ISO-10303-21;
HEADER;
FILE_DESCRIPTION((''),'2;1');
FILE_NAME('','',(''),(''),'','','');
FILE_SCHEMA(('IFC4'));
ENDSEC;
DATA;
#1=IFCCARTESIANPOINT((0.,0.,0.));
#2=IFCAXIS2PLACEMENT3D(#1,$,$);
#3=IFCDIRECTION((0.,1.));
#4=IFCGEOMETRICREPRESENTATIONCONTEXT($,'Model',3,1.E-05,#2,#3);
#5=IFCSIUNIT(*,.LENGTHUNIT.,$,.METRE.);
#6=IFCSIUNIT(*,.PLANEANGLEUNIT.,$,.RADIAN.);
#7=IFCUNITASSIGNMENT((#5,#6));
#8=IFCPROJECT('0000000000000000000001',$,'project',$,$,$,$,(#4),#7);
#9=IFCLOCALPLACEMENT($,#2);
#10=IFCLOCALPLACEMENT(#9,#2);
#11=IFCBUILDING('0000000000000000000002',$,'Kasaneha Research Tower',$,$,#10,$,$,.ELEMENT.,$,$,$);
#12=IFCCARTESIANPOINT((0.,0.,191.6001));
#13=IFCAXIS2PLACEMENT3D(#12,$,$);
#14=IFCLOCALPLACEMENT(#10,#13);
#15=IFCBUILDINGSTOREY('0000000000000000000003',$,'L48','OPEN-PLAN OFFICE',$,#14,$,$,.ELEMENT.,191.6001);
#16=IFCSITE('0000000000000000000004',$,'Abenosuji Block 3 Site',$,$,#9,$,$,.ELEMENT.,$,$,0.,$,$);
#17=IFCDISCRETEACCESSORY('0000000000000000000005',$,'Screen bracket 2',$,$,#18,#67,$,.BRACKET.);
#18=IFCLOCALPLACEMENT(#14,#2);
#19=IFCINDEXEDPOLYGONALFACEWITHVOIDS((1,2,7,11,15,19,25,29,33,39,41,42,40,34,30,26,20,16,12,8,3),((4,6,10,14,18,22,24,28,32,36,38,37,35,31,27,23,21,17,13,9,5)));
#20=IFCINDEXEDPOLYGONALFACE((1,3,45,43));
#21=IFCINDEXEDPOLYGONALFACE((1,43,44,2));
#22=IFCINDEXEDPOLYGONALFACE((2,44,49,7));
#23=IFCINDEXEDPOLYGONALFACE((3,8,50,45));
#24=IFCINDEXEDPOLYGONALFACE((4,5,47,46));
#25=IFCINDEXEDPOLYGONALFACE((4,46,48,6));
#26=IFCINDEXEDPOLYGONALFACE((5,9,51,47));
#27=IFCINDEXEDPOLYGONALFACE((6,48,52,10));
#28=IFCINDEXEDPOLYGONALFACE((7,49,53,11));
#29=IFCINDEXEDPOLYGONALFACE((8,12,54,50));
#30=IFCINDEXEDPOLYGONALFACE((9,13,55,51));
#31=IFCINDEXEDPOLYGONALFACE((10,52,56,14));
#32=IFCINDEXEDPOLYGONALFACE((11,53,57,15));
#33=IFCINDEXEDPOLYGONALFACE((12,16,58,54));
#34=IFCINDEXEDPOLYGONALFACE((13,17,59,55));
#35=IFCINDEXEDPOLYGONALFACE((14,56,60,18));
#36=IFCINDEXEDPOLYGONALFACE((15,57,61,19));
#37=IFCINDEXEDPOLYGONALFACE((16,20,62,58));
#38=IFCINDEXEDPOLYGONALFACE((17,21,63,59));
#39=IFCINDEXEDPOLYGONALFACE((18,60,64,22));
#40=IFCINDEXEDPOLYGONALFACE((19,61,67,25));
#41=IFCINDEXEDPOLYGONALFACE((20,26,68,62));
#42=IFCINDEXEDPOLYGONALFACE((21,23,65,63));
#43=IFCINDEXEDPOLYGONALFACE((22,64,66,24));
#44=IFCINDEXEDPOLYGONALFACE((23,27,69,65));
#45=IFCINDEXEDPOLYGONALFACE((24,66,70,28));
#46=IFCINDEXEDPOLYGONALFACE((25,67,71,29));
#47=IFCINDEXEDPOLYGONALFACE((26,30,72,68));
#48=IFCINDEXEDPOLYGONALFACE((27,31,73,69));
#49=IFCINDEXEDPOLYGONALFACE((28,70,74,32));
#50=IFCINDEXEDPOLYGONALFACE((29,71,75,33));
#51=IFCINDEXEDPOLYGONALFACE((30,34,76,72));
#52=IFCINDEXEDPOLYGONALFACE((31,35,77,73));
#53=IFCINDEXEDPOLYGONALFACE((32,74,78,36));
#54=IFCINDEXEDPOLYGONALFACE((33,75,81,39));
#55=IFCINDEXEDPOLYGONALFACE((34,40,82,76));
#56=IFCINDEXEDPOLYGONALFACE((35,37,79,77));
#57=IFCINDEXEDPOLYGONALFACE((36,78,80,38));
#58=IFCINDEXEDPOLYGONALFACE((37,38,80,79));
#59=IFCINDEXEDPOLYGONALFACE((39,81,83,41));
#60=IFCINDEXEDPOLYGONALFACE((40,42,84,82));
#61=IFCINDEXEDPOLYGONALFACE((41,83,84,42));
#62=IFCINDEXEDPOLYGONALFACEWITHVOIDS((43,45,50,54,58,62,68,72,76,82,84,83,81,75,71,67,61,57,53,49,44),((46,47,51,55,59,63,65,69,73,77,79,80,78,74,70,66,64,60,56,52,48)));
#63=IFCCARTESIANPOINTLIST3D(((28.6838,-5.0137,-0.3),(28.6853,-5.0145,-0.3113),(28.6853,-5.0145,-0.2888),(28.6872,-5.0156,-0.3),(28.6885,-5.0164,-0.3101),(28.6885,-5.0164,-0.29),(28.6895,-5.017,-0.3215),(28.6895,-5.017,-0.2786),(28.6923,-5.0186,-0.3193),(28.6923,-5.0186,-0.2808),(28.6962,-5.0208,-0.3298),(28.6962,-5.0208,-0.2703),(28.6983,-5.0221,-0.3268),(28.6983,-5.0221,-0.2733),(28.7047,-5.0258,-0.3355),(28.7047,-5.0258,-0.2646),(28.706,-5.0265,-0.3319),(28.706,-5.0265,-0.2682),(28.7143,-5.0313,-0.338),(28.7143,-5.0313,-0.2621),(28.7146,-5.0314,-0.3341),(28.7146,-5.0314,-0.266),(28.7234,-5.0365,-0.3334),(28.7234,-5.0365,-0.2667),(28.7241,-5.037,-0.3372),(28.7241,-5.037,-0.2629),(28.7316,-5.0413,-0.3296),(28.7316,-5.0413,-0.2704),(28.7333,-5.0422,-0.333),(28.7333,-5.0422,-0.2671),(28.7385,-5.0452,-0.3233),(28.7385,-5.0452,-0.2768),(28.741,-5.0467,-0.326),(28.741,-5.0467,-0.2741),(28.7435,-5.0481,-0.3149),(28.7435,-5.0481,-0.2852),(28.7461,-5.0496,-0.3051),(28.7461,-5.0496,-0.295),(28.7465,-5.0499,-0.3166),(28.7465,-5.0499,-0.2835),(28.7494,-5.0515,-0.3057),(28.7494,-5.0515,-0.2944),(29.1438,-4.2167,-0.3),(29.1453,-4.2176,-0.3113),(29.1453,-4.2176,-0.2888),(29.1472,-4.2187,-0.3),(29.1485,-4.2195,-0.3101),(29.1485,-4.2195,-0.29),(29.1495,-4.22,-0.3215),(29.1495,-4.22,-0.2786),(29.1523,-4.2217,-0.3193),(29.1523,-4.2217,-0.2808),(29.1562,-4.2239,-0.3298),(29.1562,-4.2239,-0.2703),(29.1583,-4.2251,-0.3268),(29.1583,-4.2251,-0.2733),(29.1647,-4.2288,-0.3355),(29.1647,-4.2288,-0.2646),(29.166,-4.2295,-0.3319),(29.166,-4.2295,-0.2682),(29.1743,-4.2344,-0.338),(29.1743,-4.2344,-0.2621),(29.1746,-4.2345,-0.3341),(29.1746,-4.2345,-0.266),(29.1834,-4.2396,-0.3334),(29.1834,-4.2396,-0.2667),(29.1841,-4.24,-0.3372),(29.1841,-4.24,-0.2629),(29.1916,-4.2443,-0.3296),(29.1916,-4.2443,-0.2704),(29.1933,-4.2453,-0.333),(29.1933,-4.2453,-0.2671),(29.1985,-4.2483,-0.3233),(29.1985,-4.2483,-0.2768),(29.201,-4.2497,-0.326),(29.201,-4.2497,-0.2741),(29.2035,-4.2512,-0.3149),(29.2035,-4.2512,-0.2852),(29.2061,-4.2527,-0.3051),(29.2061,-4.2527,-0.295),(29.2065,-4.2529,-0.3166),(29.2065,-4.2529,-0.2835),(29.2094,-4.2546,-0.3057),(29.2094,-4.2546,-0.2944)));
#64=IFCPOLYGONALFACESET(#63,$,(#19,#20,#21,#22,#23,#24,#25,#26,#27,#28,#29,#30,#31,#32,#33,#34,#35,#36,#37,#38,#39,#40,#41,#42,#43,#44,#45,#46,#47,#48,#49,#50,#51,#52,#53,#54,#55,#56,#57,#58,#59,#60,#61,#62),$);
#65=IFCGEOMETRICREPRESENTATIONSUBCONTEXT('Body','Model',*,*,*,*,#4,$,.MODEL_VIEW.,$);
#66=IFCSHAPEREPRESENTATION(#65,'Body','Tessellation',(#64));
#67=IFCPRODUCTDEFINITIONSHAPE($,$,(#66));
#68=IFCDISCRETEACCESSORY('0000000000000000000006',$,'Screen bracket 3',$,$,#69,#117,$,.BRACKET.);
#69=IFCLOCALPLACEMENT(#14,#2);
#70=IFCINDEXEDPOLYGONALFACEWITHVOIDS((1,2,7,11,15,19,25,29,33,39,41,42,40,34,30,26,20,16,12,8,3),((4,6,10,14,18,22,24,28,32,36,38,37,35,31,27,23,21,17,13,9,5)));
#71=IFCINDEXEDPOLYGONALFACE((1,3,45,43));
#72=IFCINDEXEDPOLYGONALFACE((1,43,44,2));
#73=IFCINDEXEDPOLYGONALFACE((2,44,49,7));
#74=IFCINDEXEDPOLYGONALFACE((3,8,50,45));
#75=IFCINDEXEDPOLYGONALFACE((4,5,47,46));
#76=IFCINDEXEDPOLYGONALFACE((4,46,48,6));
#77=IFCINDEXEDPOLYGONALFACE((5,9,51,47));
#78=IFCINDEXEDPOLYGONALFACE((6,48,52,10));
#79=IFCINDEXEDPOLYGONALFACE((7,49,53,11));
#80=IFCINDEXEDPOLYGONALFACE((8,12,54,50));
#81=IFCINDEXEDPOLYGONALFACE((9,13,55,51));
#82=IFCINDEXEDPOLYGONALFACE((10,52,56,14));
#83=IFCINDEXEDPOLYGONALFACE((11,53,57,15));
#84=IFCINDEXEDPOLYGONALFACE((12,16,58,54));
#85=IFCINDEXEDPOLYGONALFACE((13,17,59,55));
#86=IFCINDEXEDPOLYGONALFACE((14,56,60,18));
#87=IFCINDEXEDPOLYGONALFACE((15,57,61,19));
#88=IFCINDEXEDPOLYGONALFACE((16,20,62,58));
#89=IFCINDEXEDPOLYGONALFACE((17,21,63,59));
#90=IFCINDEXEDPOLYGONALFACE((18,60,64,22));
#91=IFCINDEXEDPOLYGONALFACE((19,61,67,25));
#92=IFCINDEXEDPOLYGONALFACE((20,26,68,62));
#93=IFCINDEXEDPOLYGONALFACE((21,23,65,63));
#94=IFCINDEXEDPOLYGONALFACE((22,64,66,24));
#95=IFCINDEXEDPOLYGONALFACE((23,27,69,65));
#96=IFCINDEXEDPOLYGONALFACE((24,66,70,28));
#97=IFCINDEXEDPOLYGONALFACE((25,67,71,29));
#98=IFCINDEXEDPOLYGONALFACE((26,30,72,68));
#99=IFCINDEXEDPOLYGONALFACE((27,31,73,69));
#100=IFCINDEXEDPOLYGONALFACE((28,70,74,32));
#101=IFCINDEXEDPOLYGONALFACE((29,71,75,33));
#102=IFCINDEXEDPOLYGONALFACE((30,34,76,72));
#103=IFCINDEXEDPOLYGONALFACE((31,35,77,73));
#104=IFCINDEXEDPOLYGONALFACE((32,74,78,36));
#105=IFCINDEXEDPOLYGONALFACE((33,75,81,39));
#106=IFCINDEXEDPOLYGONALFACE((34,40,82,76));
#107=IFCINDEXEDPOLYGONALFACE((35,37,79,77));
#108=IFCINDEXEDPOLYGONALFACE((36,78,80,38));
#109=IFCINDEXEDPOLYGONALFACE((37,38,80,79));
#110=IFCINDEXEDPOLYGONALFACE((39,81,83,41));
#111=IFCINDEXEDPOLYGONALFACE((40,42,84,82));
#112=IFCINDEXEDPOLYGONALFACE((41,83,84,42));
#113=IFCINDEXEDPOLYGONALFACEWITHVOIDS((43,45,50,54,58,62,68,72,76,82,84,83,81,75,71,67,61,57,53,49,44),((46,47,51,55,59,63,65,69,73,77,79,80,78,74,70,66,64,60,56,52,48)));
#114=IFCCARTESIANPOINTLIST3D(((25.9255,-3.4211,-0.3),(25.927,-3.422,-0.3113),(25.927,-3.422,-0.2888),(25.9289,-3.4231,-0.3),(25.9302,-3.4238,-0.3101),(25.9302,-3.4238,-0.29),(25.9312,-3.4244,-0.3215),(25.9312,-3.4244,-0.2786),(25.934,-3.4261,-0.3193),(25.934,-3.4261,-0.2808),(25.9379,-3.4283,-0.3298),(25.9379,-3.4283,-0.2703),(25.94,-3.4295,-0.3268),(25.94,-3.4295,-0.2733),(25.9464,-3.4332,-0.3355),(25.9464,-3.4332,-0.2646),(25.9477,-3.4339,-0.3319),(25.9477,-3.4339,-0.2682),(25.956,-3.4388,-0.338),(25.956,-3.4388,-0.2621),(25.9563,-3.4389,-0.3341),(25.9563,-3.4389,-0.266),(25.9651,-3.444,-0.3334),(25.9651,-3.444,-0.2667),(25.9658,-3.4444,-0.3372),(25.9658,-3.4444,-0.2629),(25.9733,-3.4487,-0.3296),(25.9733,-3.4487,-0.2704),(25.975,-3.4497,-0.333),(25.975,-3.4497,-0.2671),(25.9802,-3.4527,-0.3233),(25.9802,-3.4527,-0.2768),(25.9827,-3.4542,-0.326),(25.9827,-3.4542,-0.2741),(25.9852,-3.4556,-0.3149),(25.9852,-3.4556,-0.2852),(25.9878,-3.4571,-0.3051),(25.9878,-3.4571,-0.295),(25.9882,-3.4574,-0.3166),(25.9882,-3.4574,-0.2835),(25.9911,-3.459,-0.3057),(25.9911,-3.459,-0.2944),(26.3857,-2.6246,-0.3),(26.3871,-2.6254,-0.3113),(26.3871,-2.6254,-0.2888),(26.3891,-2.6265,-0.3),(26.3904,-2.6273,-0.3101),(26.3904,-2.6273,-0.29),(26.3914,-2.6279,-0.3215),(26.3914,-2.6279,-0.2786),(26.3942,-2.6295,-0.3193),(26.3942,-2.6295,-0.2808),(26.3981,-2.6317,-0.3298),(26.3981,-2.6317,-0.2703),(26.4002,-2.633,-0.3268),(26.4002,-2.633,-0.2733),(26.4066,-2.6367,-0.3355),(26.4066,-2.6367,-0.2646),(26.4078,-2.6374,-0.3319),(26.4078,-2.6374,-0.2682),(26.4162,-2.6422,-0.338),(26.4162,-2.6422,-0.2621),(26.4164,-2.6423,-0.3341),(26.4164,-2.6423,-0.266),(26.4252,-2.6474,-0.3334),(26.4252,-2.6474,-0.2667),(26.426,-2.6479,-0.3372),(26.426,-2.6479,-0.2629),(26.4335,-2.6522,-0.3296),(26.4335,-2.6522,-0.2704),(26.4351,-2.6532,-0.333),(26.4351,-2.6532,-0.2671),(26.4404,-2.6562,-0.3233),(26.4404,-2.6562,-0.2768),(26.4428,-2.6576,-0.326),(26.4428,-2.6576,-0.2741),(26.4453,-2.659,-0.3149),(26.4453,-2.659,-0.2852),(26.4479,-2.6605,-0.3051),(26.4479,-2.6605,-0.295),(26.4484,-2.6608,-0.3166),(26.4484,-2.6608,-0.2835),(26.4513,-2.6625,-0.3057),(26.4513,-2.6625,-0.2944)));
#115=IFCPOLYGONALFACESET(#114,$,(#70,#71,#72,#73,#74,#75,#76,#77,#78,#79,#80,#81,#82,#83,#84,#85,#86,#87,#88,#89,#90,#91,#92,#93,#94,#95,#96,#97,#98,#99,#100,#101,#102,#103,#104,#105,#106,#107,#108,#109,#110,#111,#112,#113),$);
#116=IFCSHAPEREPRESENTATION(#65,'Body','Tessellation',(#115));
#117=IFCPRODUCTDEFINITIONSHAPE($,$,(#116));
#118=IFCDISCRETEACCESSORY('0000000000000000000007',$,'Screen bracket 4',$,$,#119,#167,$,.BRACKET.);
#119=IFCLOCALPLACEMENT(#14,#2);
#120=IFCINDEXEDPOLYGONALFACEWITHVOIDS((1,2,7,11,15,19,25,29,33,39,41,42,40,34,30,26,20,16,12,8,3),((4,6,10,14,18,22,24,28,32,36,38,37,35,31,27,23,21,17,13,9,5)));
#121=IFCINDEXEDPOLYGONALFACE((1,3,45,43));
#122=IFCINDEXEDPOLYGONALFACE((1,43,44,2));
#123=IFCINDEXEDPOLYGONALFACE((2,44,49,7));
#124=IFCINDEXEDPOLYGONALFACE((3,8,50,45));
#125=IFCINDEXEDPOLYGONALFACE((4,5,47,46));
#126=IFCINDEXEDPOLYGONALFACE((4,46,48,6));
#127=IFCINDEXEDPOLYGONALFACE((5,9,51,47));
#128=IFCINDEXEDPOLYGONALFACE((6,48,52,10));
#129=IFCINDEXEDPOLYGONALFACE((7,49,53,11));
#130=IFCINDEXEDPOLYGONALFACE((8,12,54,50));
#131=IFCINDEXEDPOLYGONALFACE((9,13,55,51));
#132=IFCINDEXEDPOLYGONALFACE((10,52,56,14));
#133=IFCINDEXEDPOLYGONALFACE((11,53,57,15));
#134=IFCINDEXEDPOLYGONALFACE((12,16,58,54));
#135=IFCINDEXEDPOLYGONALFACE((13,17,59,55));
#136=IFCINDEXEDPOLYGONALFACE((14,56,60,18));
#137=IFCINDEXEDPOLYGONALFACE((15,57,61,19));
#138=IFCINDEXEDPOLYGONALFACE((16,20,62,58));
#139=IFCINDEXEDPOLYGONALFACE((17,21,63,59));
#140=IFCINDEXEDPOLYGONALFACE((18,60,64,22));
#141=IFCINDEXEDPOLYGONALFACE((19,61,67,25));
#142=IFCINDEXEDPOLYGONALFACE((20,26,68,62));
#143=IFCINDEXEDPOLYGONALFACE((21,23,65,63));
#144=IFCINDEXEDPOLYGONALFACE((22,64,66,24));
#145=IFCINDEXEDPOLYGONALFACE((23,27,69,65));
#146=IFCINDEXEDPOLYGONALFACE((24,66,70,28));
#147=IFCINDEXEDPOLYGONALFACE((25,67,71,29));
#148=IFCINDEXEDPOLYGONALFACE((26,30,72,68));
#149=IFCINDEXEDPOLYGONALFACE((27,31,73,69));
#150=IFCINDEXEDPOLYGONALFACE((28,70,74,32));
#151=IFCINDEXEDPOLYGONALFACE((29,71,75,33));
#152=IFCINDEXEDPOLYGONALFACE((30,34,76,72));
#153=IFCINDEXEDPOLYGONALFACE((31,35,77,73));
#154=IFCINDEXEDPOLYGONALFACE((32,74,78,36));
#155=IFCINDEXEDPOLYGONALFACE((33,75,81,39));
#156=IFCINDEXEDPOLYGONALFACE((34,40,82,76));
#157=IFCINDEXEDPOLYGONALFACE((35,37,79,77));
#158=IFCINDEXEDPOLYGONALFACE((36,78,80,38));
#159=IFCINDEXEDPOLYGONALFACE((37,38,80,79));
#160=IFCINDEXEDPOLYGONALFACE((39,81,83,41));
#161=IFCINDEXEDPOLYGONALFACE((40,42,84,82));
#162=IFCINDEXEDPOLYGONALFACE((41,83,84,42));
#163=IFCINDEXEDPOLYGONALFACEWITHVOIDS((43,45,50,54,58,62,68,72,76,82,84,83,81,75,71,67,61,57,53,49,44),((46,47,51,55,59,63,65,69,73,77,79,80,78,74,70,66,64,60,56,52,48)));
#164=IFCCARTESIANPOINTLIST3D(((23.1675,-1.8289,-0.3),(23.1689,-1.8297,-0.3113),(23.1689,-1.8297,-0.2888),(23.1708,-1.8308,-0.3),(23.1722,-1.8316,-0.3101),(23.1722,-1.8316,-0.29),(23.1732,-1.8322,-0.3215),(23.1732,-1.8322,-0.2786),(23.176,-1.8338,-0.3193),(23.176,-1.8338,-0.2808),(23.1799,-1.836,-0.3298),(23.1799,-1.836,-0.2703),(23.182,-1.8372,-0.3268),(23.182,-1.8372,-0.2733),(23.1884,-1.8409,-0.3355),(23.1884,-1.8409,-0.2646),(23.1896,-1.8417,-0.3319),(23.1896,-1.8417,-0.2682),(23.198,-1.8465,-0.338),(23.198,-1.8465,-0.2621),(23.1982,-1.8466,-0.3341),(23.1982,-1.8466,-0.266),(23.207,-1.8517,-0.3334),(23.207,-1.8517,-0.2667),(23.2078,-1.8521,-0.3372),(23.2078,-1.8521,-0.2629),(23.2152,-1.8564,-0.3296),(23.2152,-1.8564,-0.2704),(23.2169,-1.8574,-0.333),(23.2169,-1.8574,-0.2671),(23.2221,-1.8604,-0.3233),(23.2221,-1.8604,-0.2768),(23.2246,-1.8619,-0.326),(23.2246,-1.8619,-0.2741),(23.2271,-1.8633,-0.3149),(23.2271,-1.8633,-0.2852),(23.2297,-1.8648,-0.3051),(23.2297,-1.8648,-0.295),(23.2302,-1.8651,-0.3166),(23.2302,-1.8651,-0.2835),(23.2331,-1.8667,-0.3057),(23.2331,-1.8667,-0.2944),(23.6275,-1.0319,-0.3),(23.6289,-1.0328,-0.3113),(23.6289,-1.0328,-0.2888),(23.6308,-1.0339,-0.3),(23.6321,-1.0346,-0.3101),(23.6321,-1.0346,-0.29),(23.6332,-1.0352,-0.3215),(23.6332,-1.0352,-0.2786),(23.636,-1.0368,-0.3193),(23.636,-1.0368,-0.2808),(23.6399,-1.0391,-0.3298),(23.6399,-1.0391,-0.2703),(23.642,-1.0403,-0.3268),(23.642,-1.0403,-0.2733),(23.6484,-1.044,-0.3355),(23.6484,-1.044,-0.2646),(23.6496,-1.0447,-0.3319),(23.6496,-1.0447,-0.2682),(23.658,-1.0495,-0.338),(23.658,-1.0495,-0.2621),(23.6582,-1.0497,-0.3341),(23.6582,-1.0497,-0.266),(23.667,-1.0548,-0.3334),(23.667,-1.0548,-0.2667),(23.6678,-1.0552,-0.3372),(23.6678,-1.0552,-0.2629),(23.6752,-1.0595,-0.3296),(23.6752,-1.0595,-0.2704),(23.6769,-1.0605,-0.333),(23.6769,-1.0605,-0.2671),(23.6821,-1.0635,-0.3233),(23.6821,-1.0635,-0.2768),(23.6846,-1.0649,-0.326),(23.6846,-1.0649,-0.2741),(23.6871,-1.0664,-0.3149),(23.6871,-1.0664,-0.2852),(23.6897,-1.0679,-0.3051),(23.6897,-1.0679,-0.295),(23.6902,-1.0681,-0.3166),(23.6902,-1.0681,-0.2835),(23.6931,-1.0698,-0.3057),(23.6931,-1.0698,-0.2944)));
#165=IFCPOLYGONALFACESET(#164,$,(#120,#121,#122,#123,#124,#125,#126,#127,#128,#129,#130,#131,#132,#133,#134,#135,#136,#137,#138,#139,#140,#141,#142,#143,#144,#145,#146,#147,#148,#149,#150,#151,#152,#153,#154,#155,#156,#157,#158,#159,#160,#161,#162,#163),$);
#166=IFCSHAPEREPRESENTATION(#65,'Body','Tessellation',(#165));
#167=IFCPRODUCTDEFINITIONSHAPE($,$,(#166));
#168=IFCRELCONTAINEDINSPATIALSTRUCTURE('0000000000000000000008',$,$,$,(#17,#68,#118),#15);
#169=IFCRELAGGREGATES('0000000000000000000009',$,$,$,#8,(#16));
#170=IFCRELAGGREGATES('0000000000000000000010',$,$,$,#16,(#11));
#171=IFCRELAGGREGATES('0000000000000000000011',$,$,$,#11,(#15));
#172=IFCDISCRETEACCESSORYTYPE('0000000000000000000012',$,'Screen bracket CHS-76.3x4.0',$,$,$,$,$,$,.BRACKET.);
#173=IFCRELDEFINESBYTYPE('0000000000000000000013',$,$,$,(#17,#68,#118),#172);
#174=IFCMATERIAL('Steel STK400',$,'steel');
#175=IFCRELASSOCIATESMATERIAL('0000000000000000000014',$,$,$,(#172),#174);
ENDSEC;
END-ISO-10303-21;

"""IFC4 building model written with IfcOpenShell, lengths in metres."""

from ifc_helpers import new_model, si_unit, direction, frame, origin, origin_2d, place, context, subcontext, project, spatial, hollow_circle, extrude, material, material_profile, profile_set, type_object, element, save


model = new_model("IFC4")

# Units and contexts
model_context = context("Model", 3, precision=1e-05, world=origin(), true_north=direction((0.0, 1.0)))
body_context = subcontext(model_context, "Body", "Model", "MODEL_VIEW")
ifc_project = project(units=[si_unit("LENGTHUNIT", "METRE"), si_unit("PLANEANGLEUNIT", "RADIAN")], contexts=[model_context])

# Site, building, storey
site_placement = place(None, origin())
site = spatial("IfcSite", under=ifc_project, at=site_placement, Name="Abenosuji Block 3 Site", CompositionType="ELEMENT", RefElevation=0.0)
building_placement = place(site_placement, origin())
building = spatial("IfcBuilding", under=site, at=building_placement, Name="Kasaneha Research Tower", CompositionType="ELEMENT")
storey_placement = place(building_placement, frame((0.0, 0.0, 191.6001)))
storey = spatial("IfcBuildingStorey", under=building, at=storey_placement, Name="L48", Description="OPEN-PLAN OFFICE", CompositionType="ELEMENT", Elevation=191.6001)

# Discrete accessories
ifc_material_1 = material(Name="Steel STK400", Category="steel")
ifc_material_profile_1 = material_profile(ifc_material_1, hollow_circle(Radius=0.0381, WallThickness=0.0039, at=origin_2d()), Name="CHS-76.3x4.0")
ifc_profile_set_1 = profile_set([ifc_material_profile_1], Name="Steel STK400")
discrete_accessory_type = type_object("IfcDiscreteAccessoryType", Name="Screen bracket CHS-76.3x4.0", PredefinedType="BRACKET", material=ifc_profile_set_1)
discrete_accessory_1_placement = place(storey_placement, frame((28.7168, -5.0327, -0.3), z_axis=(0.499906, 0.86608, 0.0), x_axis=(-0.86608, 0.499906, 0.0)))
element("IfcDiscreteAccessory", 1, at=discrete_accessory_1_placement, inside=storey, type_object=discrete_accessory_type, Name="Screen bracket 2", PredefinedType="BRACKET", context=body_context, shape_type="SweptSolid", body=[
    extrude(hollow_circle(Radius=0.0381, WallThickness=0.0039, at=origin_2d()), origin(), (0.0, 0.0, 1.0), 0.9202),
])
discrete_accessory_2_placement = place(storey_placement, frame((25.9585, -3.4402, -0.3), z_axis=(0.50022, 0.865898, 0.0), x_axis=(-0.865898, 0.50022, 0.0)))
element("IfcDiscreteAccessory", 2, at=discrete_accessory_2_placement, inside=storey, type_object=discrete_accessory_type, Name="Screen bracket 3", PredefinedType="BRACKET", context=body_context, shape_type="SweptSolid", body=[
    extrude(hollow_circle(Radius=0.0381, WallThickness=0.0039, at=origin_2d()), origin(), (0.0, 0.0, 1.0), 0.9199),
])
discrete_accessory_3_placement = place(storey_placement, frame((23.2004, -1.8479, -0.3), z_axis=(0.499906, 0.86608, 0.0), x_axis=(-0.86608, 0.499906, 0.0)))
element("IfcDiscreteAccessory", 3, at=discrete_accessory_3_placement, inside=storey, type_object=discrete_accessory_type, Name="Screen bracket 4", PredefinedType="BRACKET", context=body_context, shape_type="SweptSolid", body=[
    extrude(hollow_circle(Radius=0.0381, WallThickness=0.0039, at=origin_2d()), origin(), (0.0, 0.0, 1.0), 0.9202),
])

save(model, "model.ifc")
